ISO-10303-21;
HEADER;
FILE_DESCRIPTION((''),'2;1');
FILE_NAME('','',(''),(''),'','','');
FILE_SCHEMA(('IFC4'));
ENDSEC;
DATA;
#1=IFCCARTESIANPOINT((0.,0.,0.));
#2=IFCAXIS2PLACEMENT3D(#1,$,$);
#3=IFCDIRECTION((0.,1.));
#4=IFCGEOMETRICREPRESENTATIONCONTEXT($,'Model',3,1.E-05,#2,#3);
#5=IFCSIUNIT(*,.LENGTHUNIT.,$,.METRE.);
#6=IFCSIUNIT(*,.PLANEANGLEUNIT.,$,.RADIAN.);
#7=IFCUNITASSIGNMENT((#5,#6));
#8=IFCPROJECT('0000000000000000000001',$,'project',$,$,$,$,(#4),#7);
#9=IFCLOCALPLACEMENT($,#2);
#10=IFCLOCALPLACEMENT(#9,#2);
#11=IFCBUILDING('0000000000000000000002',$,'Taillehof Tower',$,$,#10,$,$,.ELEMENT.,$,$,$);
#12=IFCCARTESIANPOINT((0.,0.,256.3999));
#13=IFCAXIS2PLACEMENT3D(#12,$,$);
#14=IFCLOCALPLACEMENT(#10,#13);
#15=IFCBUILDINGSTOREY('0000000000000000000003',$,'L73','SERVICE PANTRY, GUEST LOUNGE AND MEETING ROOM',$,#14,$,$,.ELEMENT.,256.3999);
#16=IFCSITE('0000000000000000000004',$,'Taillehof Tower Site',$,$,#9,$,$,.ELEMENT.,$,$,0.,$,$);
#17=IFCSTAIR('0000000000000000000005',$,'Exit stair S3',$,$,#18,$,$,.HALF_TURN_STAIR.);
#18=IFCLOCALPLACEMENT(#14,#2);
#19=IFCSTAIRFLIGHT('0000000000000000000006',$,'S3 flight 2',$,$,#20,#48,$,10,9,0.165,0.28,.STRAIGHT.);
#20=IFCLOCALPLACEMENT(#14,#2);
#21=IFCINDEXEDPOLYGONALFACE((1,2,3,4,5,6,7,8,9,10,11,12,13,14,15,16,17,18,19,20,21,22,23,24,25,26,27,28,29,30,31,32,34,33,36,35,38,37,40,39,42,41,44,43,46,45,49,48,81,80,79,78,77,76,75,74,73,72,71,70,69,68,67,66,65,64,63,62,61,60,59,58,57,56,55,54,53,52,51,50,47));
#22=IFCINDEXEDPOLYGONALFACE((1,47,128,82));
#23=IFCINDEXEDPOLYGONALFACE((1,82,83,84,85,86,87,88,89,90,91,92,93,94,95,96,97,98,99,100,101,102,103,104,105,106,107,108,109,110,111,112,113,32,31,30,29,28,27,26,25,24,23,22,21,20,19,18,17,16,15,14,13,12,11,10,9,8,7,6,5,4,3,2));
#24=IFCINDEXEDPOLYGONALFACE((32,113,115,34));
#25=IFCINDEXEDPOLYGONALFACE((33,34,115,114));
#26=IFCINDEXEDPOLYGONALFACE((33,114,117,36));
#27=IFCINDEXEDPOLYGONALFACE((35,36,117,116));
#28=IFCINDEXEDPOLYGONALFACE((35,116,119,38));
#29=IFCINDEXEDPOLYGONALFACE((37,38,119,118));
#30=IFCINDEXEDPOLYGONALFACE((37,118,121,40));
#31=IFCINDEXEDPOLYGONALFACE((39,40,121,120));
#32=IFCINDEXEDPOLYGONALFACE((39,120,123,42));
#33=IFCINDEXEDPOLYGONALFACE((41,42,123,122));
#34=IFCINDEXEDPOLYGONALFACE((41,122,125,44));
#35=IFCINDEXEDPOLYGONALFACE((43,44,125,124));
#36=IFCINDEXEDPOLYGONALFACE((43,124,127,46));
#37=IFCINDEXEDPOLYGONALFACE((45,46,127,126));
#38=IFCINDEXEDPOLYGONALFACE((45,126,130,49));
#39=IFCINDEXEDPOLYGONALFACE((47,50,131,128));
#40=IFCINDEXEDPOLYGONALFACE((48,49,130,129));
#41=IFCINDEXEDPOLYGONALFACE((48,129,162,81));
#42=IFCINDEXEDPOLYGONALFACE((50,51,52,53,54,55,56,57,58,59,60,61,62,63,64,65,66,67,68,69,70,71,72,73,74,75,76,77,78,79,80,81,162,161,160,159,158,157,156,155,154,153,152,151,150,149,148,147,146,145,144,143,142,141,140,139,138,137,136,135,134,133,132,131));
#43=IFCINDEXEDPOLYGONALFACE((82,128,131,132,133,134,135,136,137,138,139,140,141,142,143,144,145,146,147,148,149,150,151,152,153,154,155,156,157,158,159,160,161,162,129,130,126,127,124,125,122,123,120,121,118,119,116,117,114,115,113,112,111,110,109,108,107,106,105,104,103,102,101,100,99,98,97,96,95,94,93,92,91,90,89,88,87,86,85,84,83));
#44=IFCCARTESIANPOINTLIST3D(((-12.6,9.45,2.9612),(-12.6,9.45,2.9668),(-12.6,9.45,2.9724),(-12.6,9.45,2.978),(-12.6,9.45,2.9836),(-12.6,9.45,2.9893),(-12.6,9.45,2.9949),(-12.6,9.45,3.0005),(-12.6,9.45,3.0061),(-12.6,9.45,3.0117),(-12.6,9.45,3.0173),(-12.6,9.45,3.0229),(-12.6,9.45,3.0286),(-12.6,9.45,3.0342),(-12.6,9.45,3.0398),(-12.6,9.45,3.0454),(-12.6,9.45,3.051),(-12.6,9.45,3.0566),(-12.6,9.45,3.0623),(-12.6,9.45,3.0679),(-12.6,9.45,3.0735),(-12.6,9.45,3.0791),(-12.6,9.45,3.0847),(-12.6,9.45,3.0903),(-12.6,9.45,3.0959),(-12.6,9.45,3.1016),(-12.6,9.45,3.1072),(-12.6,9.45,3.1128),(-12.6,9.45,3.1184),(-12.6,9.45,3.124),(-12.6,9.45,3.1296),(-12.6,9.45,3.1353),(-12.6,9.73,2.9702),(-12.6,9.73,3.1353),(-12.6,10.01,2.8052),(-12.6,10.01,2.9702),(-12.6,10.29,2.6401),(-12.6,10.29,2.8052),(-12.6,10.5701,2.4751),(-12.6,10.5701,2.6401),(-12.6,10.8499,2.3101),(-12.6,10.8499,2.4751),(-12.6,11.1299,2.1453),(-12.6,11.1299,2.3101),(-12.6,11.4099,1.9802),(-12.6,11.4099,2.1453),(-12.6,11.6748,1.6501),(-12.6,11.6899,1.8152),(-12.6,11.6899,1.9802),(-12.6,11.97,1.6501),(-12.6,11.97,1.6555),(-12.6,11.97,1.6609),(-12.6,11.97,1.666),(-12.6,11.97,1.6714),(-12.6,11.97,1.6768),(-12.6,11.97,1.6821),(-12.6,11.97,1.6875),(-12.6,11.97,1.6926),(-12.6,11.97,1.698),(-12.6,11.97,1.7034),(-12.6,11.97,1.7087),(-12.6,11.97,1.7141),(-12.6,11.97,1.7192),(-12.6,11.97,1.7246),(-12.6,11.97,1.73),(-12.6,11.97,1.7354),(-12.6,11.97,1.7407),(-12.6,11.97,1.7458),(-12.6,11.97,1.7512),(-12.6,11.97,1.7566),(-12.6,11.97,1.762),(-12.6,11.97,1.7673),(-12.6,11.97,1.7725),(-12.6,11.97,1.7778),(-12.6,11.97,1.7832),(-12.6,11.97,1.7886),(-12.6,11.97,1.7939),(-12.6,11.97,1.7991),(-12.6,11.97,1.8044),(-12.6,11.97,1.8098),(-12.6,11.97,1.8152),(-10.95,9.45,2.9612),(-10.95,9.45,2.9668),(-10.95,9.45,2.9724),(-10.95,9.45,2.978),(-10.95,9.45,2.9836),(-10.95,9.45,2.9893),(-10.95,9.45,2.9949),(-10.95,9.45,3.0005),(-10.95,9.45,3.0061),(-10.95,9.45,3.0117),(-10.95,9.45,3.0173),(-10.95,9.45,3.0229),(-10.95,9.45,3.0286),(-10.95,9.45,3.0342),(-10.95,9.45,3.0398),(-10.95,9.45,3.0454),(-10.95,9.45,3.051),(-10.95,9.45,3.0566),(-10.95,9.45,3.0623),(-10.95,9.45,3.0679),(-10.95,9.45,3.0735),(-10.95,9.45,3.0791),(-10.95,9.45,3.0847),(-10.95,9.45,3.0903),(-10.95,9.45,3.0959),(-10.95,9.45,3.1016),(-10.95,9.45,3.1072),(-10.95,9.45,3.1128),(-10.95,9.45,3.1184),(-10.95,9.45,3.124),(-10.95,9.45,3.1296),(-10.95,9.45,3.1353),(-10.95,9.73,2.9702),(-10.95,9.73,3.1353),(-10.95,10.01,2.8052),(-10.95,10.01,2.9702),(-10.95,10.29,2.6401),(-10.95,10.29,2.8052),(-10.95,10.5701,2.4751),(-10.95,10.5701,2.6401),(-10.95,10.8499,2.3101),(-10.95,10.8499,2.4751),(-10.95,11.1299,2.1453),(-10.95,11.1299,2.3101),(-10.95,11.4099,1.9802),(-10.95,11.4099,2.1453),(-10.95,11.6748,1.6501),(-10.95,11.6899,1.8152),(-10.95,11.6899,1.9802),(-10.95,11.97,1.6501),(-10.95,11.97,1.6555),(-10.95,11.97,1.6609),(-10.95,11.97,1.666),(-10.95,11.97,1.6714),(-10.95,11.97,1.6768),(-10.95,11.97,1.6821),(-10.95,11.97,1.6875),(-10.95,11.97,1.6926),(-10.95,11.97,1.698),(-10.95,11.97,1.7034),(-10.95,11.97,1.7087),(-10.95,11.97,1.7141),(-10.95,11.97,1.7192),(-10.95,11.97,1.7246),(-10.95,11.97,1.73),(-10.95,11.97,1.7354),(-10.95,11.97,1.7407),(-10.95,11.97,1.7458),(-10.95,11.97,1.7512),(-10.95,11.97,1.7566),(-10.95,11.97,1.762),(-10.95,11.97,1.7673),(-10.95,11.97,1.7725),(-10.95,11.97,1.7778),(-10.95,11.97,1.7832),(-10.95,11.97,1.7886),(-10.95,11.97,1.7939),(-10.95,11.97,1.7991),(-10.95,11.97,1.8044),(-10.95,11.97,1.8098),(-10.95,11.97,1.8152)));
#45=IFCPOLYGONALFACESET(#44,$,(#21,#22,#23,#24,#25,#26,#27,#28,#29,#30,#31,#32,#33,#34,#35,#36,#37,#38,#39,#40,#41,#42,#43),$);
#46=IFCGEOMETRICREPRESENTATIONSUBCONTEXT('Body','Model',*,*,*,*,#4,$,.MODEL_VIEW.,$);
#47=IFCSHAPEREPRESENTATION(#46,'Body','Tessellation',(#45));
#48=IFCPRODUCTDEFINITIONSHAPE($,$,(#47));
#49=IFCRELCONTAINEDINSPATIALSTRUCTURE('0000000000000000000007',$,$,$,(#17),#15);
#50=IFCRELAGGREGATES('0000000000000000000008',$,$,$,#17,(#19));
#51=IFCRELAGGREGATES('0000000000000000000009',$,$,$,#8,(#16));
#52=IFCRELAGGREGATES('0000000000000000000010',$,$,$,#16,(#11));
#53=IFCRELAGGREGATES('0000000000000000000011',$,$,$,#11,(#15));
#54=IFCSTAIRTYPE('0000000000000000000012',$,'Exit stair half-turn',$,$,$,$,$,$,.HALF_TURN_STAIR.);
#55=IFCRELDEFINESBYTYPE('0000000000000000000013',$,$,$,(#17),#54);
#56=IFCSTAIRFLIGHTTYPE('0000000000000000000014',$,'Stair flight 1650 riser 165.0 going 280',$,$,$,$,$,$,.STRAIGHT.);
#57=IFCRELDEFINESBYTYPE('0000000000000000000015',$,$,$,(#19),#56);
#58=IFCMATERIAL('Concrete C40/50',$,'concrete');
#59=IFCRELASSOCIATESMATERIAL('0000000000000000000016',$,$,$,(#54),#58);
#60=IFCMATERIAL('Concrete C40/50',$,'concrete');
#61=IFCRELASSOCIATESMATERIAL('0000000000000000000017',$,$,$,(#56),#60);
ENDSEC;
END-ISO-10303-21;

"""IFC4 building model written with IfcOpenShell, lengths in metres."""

from ifc_helpers import new_model, si_unit, direction, frame, origin, place, context, subcontext, project, spatial, polyline, outline, extrude, material, type_object, element, aggregate, save


model = new_model("IFC4")

# Units and contexts
model_context = context("Model", 3, precision=1e-05, world=origin(), true_north=direction((0.0, 1.0)))
body_context = subcontext(model_context, "Body", "Model", "MODEL_VIEW")
ifc_project = project(units=[si_unit("LENGTHUNIT", "METRE"), si_unit("PLANEANGLEUNIT", "RADIAN")], contexts=[model_context])

# Site, building, storey
site_placement = place(None, origin())
site = spatial("IfcSite", under=ifc_project, at=site_placement, Name="Taillehof Tower Site", CompositionType="ELEMENT", RefElevation=0.0)
building_placement = place(site_placement, origin())
building = spatial("IfcBuilding", under=site, at=building_placement, Name="Taillehof Tower", CompositionType="ELEMENT")
storey_placement = place(building_placement, frame((0.0, 0.0, 256.3999)))
storey = spatial("IfcBuildingStorey", under=building, at=storey_placement, Name="L73", Description="SERVICE PANTRY, GUEST LOUNGE AND MEETING ROOM", CompositionType="ELEMENT", Elevation=256.3999)

# Stair, stair flight
ifc_material_1 = material(Name="Concrete C40/50", Category="concrete")
stair_type = type_object("IfcStairType", Name="Exit stair half-turn", PredefinedType="HALF_TURN_STAIR", material=ifc_material_1)
stair_placement = place(storey_placement, origin())
stair = element("IfcStair", 1, at=stair_placement, inside=storey, type_object=stair_type, Name="Exit stair S3", PredefinedType="HALF_TURN_STAIR")
ifc_material_2 = material(Name="Concrete C40/50", Category="concrete")
stair_flight_type = type_object("IfcStairFlightType", Name="Stair flight 1650 riser 165.0 going 280", PredefinedType="STRAIGHT", material=ifc_material_2)
stair_flight_placement = place(storey_placement, frame((-11.7749, 11.97, 1.6501), z_axis=(0.0, 0.0, 1.0), x_axis=(0.0, -1.0, 0.0)))
stair_flight = element("IfcStairFlight", 2, at=stair_flight_placement, type_object=stair_flight_type, Name="S3 flight 2", NumberOfRisers=10, NumberOfTreads=9, PredefinedType="STRAIGHT", RiserHeight=0.165, TreadLength=0.28, context=body_context, shape_type="SweptSolid", body=[
    extrude(outline(polyline([(0.0, 0.0), (0.0, 0.0054), (0.0, 0.0107), (0.0, 0.0159), (0.0, 0.0212), (0.0, 0.0266), (0.0, 0.032), (0.0, 0.0374), (0.0, 0.0425), (0.0, 0.0479), (0.0, 0.0532), (0.0, 0.0586), (0.0, 0.064), (0.0, 0.0691), (0.0, 0.0745), (0.0, 0.0798), (0.0, 0.0852), (0.0, 0.0906), (0.0, 0.0957), (0.0, 0.1011), (0.0, 0.1064), (0.0, 0.1118), (0.0, 0.1172), (0.0, 0.1223), (0.0, 0.1277), (0.0, 0.1331), (0.0, 0.1384), (0.0, 0.1438), (0.0, 0.1489), (0.0, 0.1543), (0.0, 0.1597), (0.0, 0.165), (0.28, 0.165), (0.28, 0.3301), (0.5601, 0.3301), (0.5601, 0.4951), (0.8401, 0.4951), (0.8401, 0.6599), (1.1201, 0.6599), (1.1201, 0.825), (1.3999, 0.825), (1.3999, 0.99), (1.6799, 0.99), (1.6799, 1.155), (1.96, 1.155), (1.96, 1.3201), (2.24, 1.3201), (2.24, 1.4851), (2.52, 1.4851), (2.52, 1.4795), (2.52, 1.4739), (2.52, 1.4683), (2.52, 1.4626), (2.52, 1.457), (2.52, 1.4514), (2.52, 1.4458), (2.52, 1.4402), (2.52, 1.4346), (2.52, 1.429), (2.52, 1.4233), (2.52, 1.4177), (2.52, 1.4121), (2.52, 1.4065), (2.52, 1.4009), (2.52, 1.3953), (2.52, 1.3896), (2.52, 1.384), (2.52, 1.3784), (2.52, 1.3728), (2.52, 1.3672), (2.52, 1.3616), (2.52, 1.356), (2.52, 1.3503), (2.52, 1.3447), (2.52, 1.3391), (2.52, 1.3335), (2.52, 1.3279), (2.52, 1.3223), (2.52, 1.3167), (2.52, 1.311), (0.2952, 0.0), (0.0, 0.0)])), frame((0.0, 0.825, 0.0), z_axis=(0.0, -1.0, 0.0), x_axis=(1.0, 0.0, 0.0)), (0.0, 0.0, 1.0), 1.65),
])
aggregate(stair, [stair_flight])

save(model, "model.ifc")
